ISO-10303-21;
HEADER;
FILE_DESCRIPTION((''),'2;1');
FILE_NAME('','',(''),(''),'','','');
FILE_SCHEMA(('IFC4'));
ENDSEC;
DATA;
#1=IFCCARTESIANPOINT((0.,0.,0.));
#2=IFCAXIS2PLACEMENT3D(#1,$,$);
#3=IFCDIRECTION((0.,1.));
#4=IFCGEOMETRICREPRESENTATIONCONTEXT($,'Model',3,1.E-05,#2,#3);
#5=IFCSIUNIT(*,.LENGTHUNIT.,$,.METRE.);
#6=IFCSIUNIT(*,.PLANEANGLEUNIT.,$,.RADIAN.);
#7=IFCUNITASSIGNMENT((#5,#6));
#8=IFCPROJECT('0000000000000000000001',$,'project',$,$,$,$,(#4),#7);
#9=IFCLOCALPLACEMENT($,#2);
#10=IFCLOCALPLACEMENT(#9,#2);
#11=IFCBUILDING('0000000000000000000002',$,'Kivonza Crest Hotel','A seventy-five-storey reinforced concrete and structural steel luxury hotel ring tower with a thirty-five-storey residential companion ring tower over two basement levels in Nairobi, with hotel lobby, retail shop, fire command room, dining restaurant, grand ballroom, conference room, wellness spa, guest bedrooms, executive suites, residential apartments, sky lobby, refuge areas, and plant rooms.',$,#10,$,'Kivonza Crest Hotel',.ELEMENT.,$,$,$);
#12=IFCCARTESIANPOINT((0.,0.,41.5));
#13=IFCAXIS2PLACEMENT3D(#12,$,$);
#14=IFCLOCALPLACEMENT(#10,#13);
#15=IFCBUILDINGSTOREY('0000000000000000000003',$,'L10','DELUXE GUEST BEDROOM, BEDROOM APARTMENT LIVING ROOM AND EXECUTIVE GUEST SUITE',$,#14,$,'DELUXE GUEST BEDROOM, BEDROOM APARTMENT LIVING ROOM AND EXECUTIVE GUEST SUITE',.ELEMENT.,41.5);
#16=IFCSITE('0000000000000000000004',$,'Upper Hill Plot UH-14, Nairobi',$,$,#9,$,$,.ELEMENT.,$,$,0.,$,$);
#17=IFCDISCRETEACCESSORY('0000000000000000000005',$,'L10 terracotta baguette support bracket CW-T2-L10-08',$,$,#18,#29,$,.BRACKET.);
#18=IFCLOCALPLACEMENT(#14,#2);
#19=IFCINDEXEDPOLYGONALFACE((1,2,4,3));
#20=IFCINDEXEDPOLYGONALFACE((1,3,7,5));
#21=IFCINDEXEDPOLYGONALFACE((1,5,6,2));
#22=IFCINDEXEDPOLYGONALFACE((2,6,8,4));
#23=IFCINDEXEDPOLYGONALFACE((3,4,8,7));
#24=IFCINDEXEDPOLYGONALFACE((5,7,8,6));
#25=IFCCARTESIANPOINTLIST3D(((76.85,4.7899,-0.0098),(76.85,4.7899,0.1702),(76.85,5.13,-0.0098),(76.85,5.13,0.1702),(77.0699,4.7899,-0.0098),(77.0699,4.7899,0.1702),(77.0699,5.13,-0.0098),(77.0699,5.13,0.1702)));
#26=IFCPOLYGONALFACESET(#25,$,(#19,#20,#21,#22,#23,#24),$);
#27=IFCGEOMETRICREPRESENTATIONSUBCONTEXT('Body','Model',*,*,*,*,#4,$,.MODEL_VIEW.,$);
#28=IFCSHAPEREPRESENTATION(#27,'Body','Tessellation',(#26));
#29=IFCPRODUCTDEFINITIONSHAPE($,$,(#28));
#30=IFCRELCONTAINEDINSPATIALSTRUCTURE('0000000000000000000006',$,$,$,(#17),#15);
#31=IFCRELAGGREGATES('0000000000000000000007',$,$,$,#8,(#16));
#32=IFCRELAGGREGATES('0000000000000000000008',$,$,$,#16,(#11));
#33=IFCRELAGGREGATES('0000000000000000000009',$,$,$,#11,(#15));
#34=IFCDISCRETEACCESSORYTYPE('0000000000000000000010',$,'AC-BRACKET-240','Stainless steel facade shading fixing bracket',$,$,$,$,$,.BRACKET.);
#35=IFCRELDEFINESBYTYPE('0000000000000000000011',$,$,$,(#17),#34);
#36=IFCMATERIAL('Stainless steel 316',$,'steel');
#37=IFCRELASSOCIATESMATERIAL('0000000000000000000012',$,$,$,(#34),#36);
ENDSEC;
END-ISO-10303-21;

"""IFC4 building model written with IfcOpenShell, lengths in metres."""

from ifc_helpers import new_model, si_unit, direction, frame, origin, origin_2d, place, context, subcontext, project, spatial, rectangle, extrude, material, type_object, element, save


model = new_model("IFC4")

# Units and contexts
model_context = context("Model", 3, precision=1e-05, world=origin(), true_north=direction((0.0, 1.0)))
body_context = subcontext(model_context, "Body", "Model", "MODEL_VIEW")
ifc_project = project(units=[si_unit("LENGTHUNIT", "METRE"), si_unit("PLANEANGLEUNIT", "RADIAN")], contexts=[model_context])

# Site, building, storey
site_placement = place(None, origin())
site = spatial("IfcSite", under=ifc_project, at=site_placement, Name="Upper Hill Plot UH-14, Nairobi", CompositionType="ELEMENT", RefElevation=0.0)
building_placement = place(site_placement, origin())
building = spatial("IfcBuilding", under=site, at=building_placement, Name="Kivonza Crest Hotel", Description="A seventy-five-storey reinforced concrete and structural steel luxury hotel ring tower with a thirty-five-storey residential companion ring tower over two basement levels in Nairobi, with hotel lobby, retail shop, fire command room, dining restaurant, grand ballroom, conference room, wellness spa, guest bedrooms, executive suites, residential apartments, sky lobby, refuge areas, and plant rooms.", LongName="Kivonza Crest Hotel", CompositionType="ELEMENT")
storey_placement = place(building_placement, frame((0.0, 0.0, 41.5)))
storey = spatial("IfcBuildingStorey", under=building, at=storey_placement, Name="L10", Description="DELUXE GUEST BEDROOM, BEDROOM APARTMENT LIVING ROOM AND EXECUTIVE GUEST SUITE", LongName="DELUXE GUEST BEDROOM, BEDROOM APARTMENT LIVING ROOM AND EXECUTIVE GUEST SUITE", CompositionType="ELEMENT", Elevation=41.5)

# Discrete accessory
ifc_material_1 = material(Name="Stainless steel 316", Category="steel")
discrete_accessory_type = type_object("IfcDiscreteAccessoryType", Name="AC-BRACKET-240", Description="Stainless steel facade shading fixing bracket", PredefinedType="BRACKET", material=ifc_material_1)
discrete_accessory_placement = place(storey_placement, frame((76.96, 4.96, -0.0098), z_axis=(0.0, 0.0, 1.0), x_axis=(1.0, 0.0, 0.0)))
element("IfcDiscreteAccessory", 1, at=discrete_accessory_placement, inside=storey, type_object=discrete_accessory_type, Name="L10 terracotta baguette support bracket CW-T2-L10-08", PredefinedType="BRACKET", context=body_context, shape_type="SweptSolid", body=[
    extrude(rectangle(XDim=0.22, YDim=0.3401, at=origin_2d()), origin(), (0.0, 0.0, 1.0), 0.1799),
])

save(model, "model.ifc")
